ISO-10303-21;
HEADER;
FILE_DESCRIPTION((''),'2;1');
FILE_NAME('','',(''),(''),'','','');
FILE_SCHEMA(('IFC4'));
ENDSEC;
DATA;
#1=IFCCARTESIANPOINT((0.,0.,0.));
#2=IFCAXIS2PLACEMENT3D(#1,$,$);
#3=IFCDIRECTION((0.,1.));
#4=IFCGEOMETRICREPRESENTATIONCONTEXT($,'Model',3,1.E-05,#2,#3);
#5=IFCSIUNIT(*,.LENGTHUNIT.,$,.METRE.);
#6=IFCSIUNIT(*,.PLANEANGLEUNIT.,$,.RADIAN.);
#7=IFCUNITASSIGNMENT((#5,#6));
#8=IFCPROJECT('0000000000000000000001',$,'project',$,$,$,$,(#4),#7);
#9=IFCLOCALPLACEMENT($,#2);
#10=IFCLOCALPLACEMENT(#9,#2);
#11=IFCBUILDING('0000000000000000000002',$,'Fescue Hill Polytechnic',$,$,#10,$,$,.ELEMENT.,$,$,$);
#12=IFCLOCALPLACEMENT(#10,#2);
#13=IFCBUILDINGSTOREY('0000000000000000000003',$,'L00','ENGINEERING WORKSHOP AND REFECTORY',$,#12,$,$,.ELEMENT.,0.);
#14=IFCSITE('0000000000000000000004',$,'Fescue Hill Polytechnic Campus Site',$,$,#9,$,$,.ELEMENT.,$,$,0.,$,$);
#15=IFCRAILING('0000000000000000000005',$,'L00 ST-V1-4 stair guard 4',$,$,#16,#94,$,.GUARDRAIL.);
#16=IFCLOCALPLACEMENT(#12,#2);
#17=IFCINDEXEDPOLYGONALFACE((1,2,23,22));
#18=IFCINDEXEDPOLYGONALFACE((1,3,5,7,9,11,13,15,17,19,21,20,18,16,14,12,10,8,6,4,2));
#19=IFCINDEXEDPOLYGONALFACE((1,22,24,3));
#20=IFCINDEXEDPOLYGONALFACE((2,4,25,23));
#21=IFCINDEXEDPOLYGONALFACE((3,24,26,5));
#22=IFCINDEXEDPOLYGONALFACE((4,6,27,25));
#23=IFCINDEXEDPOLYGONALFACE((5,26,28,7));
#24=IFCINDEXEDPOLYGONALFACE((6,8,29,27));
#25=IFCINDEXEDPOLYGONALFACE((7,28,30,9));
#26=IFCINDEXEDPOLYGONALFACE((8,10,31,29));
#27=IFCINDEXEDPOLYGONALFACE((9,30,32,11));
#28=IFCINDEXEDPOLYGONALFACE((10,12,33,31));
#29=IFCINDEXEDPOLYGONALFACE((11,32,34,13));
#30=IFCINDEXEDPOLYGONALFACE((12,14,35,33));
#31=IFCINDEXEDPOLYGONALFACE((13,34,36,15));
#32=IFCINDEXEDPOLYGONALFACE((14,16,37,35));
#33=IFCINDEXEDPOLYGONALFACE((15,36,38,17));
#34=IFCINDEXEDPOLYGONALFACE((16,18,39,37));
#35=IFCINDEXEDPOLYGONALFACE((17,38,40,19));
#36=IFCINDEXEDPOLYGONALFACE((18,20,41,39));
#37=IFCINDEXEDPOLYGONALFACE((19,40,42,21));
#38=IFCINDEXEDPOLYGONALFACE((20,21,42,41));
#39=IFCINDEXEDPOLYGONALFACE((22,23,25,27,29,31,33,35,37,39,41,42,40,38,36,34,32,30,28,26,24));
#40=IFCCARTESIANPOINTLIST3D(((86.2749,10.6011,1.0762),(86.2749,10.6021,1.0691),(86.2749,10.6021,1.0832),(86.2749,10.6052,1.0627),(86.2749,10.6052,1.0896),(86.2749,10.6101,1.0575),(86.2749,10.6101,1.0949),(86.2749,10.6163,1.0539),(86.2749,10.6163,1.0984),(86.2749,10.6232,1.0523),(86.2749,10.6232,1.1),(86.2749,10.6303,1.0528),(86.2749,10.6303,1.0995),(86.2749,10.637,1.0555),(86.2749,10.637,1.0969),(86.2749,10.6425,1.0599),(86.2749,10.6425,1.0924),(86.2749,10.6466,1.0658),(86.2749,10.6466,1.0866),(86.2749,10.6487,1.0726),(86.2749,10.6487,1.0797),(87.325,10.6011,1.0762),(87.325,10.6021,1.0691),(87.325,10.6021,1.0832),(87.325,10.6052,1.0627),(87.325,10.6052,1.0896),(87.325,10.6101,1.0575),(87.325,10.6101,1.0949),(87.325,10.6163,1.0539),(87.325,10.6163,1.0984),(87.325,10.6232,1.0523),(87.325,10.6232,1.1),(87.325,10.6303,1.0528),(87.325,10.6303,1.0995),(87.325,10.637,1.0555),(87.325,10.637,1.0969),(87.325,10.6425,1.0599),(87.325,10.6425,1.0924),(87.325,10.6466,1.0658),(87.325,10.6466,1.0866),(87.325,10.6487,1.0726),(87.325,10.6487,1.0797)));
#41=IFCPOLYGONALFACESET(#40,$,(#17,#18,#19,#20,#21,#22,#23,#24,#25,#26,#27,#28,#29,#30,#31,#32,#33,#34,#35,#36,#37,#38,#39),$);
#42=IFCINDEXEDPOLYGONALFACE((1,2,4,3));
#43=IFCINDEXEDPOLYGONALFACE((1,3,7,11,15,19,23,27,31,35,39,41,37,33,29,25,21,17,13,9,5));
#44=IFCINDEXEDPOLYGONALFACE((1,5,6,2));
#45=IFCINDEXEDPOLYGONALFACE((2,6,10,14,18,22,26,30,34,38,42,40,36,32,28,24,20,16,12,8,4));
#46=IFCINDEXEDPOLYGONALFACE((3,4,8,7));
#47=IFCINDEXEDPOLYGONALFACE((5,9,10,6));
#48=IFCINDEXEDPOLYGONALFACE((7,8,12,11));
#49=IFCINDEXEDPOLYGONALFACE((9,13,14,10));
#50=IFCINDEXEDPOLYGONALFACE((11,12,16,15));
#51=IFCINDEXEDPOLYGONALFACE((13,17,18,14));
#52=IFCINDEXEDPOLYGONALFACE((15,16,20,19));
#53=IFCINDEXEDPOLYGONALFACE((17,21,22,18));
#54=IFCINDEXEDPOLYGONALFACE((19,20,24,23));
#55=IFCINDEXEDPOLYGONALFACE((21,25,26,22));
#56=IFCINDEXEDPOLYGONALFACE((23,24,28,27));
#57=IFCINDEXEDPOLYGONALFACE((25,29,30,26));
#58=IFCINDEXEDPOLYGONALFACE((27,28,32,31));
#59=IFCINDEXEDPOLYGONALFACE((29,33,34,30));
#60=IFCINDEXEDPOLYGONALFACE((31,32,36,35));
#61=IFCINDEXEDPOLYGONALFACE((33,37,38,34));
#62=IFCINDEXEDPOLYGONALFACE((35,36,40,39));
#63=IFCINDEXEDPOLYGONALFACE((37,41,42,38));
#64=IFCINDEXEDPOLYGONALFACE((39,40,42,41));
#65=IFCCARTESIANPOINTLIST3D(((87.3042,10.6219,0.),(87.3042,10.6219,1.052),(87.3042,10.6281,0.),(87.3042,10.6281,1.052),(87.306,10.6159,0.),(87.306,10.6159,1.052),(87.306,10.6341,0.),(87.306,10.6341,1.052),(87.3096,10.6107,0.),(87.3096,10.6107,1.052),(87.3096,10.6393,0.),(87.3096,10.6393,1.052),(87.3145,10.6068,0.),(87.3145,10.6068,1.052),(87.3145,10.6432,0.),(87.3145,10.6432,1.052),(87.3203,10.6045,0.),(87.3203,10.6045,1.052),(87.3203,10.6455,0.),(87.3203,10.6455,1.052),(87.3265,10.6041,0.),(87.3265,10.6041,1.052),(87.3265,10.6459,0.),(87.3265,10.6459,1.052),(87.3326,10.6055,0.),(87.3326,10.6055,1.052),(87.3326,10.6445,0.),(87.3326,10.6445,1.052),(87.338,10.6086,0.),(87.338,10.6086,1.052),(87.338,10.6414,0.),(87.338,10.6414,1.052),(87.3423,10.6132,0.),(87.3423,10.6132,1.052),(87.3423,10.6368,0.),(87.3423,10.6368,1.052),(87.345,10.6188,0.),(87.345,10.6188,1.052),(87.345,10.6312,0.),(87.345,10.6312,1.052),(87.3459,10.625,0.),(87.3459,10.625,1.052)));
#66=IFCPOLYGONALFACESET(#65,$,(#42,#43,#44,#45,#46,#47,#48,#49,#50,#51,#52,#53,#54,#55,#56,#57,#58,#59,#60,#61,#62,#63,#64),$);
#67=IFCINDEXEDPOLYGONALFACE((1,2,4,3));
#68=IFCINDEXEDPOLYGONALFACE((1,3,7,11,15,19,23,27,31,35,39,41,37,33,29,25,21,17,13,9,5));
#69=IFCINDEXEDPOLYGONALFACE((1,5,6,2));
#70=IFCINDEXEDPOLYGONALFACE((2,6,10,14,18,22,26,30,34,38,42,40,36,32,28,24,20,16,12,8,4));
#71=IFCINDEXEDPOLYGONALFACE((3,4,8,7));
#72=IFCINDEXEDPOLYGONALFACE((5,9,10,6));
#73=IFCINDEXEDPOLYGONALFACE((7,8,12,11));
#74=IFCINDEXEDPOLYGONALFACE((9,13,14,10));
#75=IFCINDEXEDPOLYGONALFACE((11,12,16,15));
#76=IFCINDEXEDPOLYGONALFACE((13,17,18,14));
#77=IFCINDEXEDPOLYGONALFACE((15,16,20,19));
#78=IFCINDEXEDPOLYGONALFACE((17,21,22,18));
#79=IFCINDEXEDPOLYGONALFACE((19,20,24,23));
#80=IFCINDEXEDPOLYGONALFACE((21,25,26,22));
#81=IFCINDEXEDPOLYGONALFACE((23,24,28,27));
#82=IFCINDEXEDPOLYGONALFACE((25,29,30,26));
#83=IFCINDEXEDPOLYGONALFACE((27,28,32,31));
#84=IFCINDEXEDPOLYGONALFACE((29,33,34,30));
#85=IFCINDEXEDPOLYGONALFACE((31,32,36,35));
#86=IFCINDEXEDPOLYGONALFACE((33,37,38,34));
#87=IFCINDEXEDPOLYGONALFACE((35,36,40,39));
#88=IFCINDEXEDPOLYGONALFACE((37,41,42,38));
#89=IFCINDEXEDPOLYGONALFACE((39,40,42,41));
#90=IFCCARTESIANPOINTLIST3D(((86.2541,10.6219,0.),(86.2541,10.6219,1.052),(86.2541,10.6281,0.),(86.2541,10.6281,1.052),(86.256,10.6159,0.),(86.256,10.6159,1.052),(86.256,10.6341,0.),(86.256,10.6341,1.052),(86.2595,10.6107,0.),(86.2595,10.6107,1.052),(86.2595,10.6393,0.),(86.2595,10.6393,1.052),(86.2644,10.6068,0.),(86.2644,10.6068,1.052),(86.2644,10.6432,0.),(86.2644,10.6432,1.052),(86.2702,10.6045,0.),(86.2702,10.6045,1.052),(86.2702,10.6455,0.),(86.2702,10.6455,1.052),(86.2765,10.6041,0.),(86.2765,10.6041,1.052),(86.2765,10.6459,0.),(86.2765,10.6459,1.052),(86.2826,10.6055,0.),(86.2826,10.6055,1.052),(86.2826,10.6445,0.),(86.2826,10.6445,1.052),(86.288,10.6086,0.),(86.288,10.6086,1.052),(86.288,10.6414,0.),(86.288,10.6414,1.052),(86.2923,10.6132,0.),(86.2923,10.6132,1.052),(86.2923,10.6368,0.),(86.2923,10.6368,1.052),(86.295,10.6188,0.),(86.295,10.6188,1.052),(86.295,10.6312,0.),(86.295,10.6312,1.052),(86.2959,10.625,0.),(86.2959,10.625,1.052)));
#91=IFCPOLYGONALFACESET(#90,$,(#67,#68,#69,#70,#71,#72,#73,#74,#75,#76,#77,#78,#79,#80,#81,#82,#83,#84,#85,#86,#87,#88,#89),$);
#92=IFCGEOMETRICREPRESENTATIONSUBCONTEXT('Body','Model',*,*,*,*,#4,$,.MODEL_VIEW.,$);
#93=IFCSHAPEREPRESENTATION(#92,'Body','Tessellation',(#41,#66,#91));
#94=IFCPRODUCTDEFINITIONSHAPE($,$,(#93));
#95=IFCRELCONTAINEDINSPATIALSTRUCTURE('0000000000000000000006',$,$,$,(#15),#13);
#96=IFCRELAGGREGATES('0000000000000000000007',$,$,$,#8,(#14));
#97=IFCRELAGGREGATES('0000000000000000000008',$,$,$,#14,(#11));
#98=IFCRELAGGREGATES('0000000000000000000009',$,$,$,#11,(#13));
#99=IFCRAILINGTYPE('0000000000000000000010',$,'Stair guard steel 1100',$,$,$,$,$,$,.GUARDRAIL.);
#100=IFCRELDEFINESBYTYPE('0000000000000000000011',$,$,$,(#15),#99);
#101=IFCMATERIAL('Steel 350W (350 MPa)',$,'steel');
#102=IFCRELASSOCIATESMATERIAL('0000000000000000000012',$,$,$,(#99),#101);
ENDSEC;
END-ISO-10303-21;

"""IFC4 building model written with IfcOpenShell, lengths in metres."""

from ifc_helpers import new_model, si_unit, direction, frame, origin, origin_2d, place, context, subcontext, project, spatial, circle, extrude, material, type_object, element, save


model = new_model("IFC4")

# Units and contexts
model_context = context("Model", 3, precision=1e-05, world=origin(), true_north=direction((0.0, 1.0)))
body_context = subcontext(model_context, "Body", "Model", "MODEL_VIEW")
ifc_project = project(units=[si_unit("LENGTHUNIT", "METRE"), si_unit("PLANEANGLEUNIT", "RADIAN")], contexts=[model_context])

# Site, building, storey
site_placement = place(None, origin())
site = spatial("IfcSite", under=ifc_project, at=site_placement, Name="Fescue Hill Polytechnic Campus Site", CompositionType="ELEMENT", RefElevation=0.0)
building_placement = place(site_placement, origin())
building = spatial("IfcBuilding", under=site, at=building_placement, Name="Fescue Hill Polytechnic", CompositionType="ELEMENT")
storey_placement = place(building_placement, origin())
storey = spatial("IfcBuildingStorey", under=building, at=storey_placement, Name="L00", Description="ENGINEERING WORKSHOP AND REFECTORY", CompositionType="ELEMENT", Elevation=0.0)

# Railing
ifc_material_1 = material(Name="Steel 350W (350 MPa)", Category="steel")
railing_type_1 = type_object("IfcRailingType", Name="Stair guard steel 1100", PredefinedType="GUARDRAIL", material=ifc_material_1)
railing_1_placement = place(storey_placement, frame((87.325, 10.625, 0.0)))
element("IfcRailing", 1, at=railing_1_placement, inside=storey, type_object=railing_type_1, Name="L00 ST-V1-4 stair guard 4", PredefinedType="GUARDRAIL", context=body_context, shape_type="SweptSolid", body=[
    extrude(circle(Radius=0.0239, at=origin_2d()), frame((0.0, 0.0, 1.0762), z_axis=(-1.0, 0.0, 0.0), x_axis=(0.0, -1.0, 0.0)), (0.0, 0.0, 1.0), 1.05),
    extrude(circle(Radius=0.021, at=origin_2d()), origin(), (0.0, 0.0, 1.0), 1.052),
    extrude(circle(Radius=0.021, at=origin_2d()), frame((-1.05, 0.0, 0.0)), (0.0, 0.0, 1.0), 1.052),
])

save(model, "model.ifc")
